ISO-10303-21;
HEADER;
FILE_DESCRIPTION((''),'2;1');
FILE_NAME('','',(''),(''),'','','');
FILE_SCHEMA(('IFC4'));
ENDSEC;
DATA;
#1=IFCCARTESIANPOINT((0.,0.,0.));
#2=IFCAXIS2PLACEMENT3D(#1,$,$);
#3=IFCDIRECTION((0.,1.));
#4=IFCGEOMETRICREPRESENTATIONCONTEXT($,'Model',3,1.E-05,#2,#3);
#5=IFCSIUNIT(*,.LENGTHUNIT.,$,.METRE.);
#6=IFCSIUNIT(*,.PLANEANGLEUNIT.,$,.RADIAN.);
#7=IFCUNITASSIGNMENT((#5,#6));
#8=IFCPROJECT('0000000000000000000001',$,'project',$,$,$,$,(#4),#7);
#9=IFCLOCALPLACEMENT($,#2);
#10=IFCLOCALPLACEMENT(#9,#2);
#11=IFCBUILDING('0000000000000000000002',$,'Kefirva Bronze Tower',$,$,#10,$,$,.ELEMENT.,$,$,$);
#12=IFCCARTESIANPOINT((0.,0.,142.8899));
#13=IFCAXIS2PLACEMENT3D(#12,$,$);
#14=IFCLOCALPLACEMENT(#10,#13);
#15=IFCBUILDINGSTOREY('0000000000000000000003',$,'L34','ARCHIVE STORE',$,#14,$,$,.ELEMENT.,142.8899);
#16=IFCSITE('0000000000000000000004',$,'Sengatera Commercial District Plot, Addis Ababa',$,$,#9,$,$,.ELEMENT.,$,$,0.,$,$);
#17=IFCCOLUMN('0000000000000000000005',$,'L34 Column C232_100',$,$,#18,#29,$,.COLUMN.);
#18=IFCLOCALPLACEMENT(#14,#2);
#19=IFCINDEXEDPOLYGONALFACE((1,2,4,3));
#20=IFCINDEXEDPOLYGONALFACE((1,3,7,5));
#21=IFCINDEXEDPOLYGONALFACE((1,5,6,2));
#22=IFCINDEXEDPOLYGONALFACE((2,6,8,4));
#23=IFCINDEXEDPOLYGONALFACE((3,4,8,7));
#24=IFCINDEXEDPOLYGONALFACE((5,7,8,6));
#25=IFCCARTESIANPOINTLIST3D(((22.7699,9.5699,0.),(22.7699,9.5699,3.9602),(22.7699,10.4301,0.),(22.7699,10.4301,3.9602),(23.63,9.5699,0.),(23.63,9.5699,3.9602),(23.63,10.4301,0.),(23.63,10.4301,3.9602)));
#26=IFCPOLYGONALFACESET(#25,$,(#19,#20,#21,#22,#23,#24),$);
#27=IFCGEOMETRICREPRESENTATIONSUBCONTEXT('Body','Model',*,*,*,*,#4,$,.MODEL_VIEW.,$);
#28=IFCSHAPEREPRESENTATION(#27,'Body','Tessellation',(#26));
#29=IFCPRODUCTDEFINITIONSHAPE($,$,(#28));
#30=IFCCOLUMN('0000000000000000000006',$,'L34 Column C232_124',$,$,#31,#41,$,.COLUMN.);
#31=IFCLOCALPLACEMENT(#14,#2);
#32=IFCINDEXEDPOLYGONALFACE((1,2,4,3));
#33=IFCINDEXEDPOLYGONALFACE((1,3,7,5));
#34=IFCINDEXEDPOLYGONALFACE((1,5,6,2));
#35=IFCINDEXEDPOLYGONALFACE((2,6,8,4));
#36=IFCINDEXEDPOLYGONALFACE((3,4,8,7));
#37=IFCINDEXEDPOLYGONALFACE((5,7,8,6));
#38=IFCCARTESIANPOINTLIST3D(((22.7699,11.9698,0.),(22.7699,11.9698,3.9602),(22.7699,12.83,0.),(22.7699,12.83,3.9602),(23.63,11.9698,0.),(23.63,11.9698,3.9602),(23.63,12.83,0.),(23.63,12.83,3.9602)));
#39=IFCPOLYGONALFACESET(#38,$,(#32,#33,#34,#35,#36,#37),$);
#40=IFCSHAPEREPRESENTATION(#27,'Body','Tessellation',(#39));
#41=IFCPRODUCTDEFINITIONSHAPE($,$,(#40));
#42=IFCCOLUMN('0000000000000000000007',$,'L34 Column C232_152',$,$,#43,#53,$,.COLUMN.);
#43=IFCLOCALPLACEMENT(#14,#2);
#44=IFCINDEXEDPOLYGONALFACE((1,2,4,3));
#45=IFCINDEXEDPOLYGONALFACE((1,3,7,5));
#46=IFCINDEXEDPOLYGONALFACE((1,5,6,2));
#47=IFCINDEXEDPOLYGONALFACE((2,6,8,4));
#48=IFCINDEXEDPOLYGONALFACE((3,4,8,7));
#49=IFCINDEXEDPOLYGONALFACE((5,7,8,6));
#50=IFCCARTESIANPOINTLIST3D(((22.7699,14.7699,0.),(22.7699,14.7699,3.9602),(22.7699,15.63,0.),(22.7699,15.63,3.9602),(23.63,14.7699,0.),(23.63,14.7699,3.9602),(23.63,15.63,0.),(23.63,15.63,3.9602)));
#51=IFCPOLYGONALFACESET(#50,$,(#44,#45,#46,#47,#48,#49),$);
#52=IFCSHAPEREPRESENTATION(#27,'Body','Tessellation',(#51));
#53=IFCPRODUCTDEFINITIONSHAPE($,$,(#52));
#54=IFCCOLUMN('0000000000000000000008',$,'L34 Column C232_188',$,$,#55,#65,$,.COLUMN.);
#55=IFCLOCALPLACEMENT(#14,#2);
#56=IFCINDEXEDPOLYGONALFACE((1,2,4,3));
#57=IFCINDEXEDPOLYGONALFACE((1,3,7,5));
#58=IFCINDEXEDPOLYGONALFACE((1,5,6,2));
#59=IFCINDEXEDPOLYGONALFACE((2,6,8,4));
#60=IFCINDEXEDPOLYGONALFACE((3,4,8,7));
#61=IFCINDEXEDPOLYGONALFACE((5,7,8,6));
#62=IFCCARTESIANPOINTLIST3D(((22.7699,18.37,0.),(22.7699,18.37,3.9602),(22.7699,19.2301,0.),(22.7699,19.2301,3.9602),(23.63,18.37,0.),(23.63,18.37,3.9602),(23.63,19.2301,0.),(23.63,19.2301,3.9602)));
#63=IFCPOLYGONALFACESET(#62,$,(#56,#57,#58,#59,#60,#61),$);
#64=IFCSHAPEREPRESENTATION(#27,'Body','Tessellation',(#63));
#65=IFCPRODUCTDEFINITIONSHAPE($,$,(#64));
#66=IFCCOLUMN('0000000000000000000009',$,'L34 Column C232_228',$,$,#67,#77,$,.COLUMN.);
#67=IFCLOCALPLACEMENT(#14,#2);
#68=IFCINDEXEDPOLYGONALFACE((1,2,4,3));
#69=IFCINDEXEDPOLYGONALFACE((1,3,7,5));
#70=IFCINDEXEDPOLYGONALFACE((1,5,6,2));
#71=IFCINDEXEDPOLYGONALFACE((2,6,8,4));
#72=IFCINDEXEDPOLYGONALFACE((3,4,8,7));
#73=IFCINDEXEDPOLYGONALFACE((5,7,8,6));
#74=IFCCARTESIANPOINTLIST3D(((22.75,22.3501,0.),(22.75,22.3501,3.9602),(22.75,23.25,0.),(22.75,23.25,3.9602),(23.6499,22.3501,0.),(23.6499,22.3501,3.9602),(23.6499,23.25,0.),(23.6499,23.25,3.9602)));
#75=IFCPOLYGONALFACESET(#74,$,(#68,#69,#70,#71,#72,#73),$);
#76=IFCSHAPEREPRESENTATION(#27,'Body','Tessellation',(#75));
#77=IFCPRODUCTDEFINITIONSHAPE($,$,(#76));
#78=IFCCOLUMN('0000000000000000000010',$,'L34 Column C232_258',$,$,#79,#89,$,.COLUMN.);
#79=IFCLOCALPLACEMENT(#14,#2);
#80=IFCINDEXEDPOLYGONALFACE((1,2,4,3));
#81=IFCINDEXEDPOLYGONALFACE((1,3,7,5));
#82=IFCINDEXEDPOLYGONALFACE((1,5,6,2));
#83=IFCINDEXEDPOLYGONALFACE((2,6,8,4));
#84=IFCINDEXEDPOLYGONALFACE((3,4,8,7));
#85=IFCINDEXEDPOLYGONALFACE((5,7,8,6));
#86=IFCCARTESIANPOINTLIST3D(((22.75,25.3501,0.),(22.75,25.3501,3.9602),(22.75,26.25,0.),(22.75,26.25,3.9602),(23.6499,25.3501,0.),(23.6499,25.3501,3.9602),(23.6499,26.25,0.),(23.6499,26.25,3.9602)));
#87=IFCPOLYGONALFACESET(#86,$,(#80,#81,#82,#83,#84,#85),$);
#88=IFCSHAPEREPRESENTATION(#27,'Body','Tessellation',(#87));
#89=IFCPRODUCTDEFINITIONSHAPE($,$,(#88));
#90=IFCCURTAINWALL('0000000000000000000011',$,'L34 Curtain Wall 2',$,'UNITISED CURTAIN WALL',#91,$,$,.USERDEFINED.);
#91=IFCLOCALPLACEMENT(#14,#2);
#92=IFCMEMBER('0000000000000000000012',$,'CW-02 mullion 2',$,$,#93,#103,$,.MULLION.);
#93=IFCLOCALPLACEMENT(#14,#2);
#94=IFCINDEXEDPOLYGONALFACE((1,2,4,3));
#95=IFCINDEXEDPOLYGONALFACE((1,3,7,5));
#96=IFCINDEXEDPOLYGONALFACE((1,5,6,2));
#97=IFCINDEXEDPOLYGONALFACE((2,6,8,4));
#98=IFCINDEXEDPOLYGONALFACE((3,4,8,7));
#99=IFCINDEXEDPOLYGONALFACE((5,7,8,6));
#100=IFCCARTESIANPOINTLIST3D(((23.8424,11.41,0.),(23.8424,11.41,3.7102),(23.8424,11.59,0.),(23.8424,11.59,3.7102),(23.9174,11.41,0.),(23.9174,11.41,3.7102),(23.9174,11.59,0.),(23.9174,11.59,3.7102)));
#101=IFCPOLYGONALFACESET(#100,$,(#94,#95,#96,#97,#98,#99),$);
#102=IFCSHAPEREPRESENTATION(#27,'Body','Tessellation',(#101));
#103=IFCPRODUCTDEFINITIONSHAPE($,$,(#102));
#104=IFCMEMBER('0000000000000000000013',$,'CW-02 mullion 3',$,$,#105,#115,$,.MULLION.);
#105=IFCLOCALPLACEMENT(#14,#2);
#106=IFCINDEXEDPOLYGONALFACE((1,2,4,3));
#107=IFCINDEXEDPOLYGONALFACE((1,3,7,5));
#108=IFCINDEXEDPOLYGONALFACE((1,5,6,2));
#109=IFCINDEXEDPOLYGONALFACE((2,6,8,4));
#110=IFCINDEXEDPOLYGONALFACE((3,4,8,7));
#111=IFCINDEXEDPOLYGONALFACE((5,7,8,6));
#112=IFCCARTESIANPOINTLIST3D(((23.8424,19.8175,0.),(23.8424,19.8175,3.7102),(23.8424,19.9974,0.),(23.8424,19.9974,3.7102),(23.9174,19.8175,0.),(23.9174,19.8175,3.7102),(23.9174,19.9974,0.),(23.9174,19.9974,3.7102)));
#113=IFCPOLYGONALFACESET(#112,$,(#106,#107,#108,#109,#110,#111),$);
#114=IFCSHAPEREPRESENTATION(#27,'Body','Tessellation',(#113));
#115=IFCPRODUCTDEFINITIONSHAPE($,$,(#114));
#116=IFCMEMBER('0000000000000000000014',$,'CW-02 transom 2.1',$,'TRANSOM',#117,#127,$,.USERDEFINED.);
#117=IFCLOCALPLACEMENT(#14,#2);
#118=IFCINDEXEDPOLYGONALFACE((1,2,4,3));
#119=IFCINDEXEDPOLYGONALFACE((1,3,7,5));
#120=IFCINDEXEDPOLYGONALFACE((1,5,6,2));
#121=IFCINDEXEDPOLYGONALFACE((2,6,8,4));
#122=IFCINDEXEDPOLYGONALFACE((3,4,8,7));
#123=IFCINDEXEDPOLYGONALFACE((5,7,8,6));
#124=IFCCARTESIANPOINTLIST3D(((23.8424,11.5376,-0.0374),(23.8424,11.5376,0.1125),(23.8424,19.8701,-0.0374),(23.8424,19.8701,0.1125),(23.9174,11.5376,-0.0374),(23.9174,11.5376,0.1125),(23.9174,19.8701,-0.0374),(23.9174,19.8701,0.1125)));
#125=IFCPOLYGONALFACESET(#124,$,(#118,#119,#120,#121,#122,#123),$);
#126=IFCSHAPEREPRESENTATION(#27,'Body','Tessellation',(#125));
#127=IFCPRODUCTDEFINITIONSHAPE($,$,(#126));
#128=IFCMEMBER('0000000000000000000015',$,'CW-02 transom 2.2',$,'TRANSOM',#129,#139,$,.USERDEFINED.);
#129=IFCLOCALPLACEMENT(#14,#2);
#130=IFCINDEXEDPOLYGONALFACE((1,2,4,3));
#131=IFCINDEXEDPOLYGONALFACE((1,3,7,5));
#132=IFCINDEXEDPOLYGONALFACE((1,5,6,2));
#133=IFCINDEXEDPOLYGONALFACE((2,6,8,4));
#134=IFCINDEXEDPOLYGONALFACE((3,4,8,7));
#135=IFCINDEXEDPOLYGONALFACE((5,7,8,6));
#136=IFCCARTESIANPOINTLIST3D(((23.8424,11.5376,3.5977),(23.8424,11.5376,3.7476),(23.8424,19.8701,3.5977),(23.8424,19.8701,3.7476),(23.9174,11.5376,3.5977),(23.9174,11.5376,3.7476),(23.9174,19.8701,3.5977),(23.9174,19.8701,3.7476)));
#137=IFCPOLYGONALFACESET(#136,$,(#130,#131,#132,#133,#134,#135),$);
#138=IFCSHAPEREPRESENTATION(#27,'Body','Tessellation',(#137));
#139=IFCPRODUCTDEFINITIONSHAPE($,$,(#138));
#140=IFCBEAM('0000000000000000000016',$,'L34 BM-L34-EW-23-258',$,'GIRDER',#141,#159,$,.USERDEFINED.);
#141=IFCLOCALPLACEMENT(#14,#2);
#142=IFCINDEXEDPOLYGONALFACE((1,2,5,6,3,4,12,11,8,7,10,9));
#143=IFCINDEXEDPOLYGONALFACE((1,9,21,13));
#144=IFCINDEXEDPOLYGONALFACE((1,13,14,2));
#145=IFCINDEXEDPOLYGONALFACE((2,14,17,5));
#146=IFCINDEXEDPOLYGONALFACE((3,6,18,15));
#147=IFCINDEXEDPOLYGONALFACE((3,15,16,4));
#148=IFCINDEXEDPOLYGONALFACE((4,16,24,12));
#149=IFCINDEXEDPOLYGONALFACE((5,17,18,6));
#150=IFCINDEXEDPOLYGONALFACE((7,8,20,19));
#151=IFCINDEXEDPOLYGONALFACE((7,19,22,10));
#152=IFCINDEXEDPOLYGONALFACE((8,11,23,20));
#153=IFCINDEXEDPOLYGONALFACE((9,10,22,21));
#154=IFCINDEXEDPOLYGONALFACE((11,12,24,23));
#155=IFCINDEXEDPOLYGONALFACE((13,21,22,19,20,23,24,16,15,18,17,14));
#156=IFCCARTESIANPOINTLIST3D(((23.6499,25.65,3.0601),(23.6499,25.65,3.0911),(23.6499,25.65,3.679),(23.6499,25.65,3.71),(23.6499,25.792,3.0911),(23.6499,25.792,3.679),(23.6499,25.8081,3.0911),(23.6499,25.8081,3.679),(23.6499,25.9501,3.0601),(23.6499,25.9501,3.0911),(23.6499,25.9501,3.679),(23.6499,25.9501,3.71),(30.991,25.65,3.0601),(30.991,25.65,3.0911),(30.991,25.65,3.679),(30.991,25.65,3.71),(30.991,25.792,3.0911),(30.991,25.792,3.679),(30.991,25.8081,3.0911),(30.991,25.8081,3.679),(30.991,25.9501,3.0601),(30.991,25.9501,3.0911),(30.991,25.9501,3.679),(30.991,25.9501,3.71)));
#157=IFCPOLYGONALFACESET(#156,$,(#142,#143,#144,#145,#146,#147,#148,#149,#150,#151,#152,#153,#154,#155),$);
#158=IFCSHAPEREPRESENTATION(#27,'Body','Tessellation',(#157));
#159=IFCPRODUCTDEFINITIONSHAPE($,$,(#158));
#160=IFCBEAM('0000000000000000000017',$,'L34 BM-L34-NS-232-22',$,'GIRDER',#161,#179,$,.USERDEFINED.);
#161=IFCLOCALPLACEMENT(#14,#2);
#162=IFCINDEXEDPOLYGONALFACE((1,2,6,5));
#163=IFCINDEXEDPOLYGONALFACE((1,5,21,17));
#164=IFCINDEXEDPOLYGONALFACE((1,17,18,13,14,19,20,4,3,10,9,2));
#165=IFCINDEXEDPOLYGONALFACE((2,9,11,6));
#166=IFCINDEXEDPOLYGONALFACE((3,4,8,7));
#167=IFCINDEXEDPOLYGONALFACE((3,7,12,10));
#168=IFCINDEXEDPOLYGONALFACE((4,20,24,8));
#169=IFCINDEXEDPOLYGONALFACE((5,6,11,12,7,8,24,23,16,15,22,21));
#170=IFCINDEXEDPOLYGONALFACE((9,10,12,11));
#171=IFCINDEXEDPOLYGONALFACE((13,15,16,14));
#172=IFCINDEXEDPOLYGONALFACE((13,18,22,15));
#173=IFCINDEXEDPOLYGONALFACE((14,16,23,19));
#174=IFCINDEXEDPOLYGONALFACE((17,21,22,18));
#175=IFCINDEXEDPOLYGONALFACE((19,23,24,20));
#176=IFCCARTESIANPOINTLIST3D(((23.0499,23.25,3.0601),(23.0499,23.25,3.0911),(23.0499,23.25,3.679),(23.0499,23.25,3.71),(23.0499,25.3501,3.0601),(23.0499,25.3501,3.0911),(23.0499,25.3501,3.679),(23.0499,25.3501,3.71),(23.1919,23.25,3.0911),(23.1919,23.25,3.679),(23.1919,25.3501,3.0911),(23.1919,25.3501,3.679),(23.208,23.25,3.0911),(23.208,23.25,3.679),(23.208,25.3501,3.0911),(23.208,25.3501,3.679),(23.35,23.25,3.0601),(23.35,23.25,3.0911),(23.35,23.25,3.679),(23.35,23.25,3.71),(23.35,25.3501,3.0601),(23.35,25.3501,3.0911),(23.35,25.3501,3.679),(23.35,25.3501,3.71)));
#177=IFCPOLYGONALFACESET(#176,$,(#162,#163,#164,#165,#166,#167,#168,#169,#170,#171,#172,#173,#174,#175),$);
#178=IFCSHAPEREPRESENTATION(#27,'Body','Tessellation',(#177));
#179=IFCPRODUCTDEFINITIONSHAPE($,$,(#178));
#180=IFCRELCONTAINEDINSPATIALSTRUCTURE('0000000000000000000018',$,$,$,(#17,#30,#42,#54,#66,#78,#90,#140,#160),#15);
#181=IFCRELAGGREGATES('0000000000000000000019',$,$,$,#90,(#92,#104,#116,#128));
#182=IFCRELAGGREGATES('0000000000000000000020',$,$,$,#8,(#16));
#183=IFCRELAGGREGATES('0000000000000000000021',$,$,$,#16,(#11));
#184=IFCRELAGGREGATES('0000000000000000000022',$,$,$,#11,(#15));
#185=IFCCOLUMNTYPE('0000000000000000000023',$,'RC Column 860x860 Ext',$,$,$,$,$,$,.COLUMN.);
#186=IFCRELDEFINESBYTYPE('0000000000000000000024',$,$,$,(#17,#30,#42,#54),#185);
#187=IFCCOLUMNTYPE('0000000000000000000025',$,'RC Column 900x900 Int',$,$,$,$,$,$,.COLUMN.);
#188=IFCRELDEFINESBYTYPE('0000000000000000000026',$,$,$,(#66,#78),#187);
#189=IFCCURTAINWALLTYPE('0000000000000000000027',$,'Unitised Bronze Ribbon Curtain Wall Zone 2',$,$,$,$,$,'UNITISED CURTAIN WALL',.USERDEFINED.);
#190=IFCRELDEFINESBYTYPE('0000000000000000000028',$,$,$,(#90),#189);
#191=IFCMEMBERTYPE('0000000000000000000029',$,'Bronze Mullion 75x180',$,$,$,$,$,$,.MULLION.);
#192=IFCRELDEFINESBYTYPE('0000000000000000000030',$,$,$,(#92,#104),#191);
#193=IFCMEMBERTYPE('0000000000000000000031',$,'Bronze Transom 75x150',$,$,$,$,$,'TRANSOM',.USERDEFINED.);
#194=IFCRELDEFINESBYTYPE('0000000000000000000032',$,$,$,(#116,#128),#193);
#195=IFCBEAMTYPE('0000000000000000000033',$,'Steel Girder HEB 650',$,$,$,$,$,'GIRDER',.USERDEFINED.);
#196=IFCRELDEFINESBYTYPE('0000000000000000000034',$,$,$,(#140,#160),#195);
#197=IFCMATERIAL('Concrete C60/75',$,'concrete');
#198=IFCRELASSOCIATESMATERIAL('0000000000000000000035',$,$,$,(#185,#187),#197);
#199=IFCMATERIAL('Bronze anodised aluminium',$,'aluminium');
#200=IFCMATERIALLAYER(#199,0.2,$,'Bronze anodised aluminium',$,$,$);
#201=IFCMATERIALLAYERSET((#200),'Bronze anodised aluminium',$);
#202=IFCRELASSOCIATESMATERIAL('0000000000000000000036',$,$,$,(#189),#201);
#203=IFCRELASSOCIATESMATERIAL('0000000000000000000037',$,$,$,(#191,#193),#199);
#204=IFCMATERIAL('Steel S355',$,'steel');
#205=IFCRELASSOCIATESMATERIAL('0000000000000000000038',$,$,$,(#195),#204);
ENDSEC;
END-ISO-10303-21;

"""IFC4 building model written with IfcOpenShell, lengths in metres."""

from ifc_helpers import new_model, si_unit, direction, frame, origin, origin_2d, place, context, subcontext, project, spatial, rectangle, i_section, extrude, material, layer, layer_set, material_profile, profile_set, type_object, element, aggregate, save


model = new_model("IFC4")

# Units and contexts
model_context = context("Model", 3, precision=1e-05, world=origin(), true_north=direction((0.0, 1.0)))
body_context = subcontext(model_context, "Body", "Model", "MODEL_VIEW")
ifc_project = project(units=[si_unit("LENGTHUNIT", "METRE"), si_unit("PLANEANGLEUNIT", "RADIAN")], contexts=[model_context])

# Site, building, storey
site_placement = place(None, origin())
site = spatial("IfcSite", under=ifc_project, at=site_placement, Name="Sengatera Commercial District Plot, Addis Ababa", CompositionType="ELEMENT", RefElevation=0.0)
building_placement = place(site_placement, origin())
building = spatial("IfcBuilding", under=site, at=building_placement, Name="Kefirva Bronze Tower", CompositionType="ELEMENT")
storey_placement = place(building_placement, frame((0.0, 0.0, 142.8899)))
storey = spatial("IfcBuildingStorey", under=building, at=storey_placement, Name="L34", Description="ARCHIVE STORE", CompositionType="ELEMENT", Elevation=142.8899)

# Columns
ifc_material_1 = material(Name="Concrete C60/75", Category="concrete")
ifc_material_profile_1 = material_profile(ifc_material_1, rectangle(XDim=0.8601, YDim=0.8601, at=origin_2d()), Name="RC 860x860")
ifc_profile_set_1 = profile_set([ifc_material_profile_1], Name="Concrete C60/75")
column_type_1 = type_object("IfcColumnType", Name="RC Column 860x860 Ext", PredefinedType="COLUMN", material=ifc_profile_set_1)
for number, where, z_axis, x_axis, name in (
    (1, (23.2, 10.0, 0.0), (0.0, 0.0, 1.0), (1.0, 0.0, 0.0), "L34 Column C232_100"),
    (2, (23.2, 12.3999, 0.0), (0.0, 0.0, 1.0), (1.0, 0.0, 0.0), "L34 Column C232_124"),
    (3, (23.2, 15.2, 0.0), (0.0, 0.0, 1.0), (1.0, 0.0, 0.0), "L34 Column C232_152"),
    (4, (23.2, 18.8, 0.0), (0.0, 0.0, 1.0), (1.0, 0.0, 0.0), "L34 Column C232_188"),
):
    element("IfcColumn", number, at=place(storey_placement, frame(where, z_axis=z_axis, x_axis=x_axis)), inside=storey, type_object=column_type_1, Name=name, PredefinedType="COLUMN", context=body_context, shape_type="SweptSolid", body=[
        extrude(rectangle(XDim=0.8601, YDim=0.8601, at=origin_2d()), origin(), (0.0, 0.0, 1.0), 3.9602),
    ])
ifc_material_profile_2 = material_profile(ifc_material_1, rectangle(XDim=0.8999, YDim=0.8999, at=origin_2d()), Name="RC 900x900")
ifc_profile_set_2 = profile_set([ifc_material_profile_2], Name="Concrete C60/75")
column_type_2 = type_object("IfcColumnType", Name="RC Column 900x900 Int", PredefinedType="COLUMN", material=ifc_profile_set_2)
for number, where, z_axis, x_axis, name in (
    (5, (23.2, 22.8, 0.0), (0.0, 0.0, 1.0), (1.0, 0.0, 0.0), "L34 Column C232_228"),
    (6, (23.2, 25.8, 0.0), (0.0, 0.0, 1.0), (1.0, 0.0, 0.0), "L34 Column C232_258"),
):
    element("IfcColumn", number, at=place(storey_placement, frame(where, z_axis=z_axis, x_axis=x_axis)), inside=storey, type_object=column_type_2, Name=name, PredefinedType="COLUMN", context=body_context, shape_type="SweptSolid", body=[
        extrude(rectangle(XDim=0.8999, YDim=0.8999, at=origin_2d()), origin(), (0.0, 0.0, 1.0), 3.9602),
    ])

# Curtain wall, members
ifc_material_2 = material(Name="Bronze anodised aluminium", Category="aluminium")
ifc_layer_1 = layer(ifc_material_2, 0.2, Name="Bronze anodised aluminium")
ifc_layer_set_1 = layer_set([ifc_layer_1], Name="Bronze anodised aluminium")
curtain_wall_type = type_object("IfcCurtainWallType", Name="Unitised Bronze Ribbon Curtain Wall Zone 2", ElementType="UNITISED CURTAIN WALL", PredefinedType="USERDEFINED", material=ifc_layer_set_1)
curtain_wall_placement = place(storey_placement, origin())
curtain_wall = element("IfcCurtainWall", 7, at=curtain_wall_placement, inside=storey, type_object=curtain_wall_type, Name="L34 Curtain Wall 2", ObjectType="UNITISED CURTAIN WALL", PredefinedType="USERDEFINED")
ifc_material_profile_3 = material_profile(ifc_material_2, rectangle(XDim=0.075, YDim=0.1799, at=origin_2d()), Name="ALU 75x180")
ifc_profile_set_3 = profile_set([ifc_material_profile_3], Name="Bronze anodised aluminium")
member_type_1 = type_object("IfcMemberType", Name="Bronze Mullion 75x180", PredefinedType="MULLION", material=ifc_profile_set_3)
member_1_placement = place(storey_placement, frame((23.8799, 11.5, 0.0), z_axis=(0.0, 0.0, 1.0), x_axis=(-1.0, 0.0, 0.0)))
member_1 = element("IfcMember", 8, at=member_1_placement, type_object=member_type_1, Name="CW-02 mullion 2", PredefinedType="MULLION", context=body_context, shape_type="SweptSolid", body=[
    extrude(rectangle(XDim=0.075, YDim=0.1799, at=origin_2d()), origin(), (0.0, 0.0, 1.0), 3.7102),
])
member_2_placement = place(storey_placement, frame((23.8799, 19.9075, 0.0), z_axis=(0.0, 0.0, 1.0), x_axis=(-1.0, 0.0, 0.0)))
member_2 = element("IfcMember", 9, at=member_2_placement, type_object=member_type_1, Name="CW-02 mullion 3", PredefinedType="MULLION", context=body_context, shape_type="SweptSolid", body=[
    extrude(rectangle(XDim=0.075, YDim=0.1799, at=origin_2d()), origin(), (0.0, 0.0, 1.0), 3.7102),
])
ifc_material_profile_4 = material_profile(ifc_material_2, rectangle(XDim=0.075, YDim=0.1499, at=origin_2d()), Name="ALU 75x150")
ifc_profile_set_4 = profile_set([ifc_material_profile_4], Name="Bronze anodised aluminium")
member_type_2 = type_object("IfcMemberType", Name="Bronze Transom 75x150", ElementType="TRANSOM", PredefinedType="USERDEFINED", material=ifc_profile_set_4)
member_3_placement = place(storey_placement, frame((23.8799, 11.5376, 0.0376), z_axis=(0.0, 1.0, 0.0), x_axis=(-1.0, 0.0, 0.0)))
member_3 = element("IfcMember", 10, at=member_3_placement, type_object=member_type_2, Name="CW-02 transom 2.1", ObjectType="TRANSOM", PredefinedType="USERDEFINED", context=body_context, shape_type="SweptSolid", body=[
    extrude(rectangle(XDim=0.075, YDim=0.1499, at=origin_2d()), origin(), (0.0, 0.0, 1.0), 8.3325),
])
member_4_placement = place(storey_placement, frame((23.8799, 11.5376, 3.6726), z_axis=(0.0, 1.0, 0.0), x_axis=(-1.0, 0.0, 0.0)))
member_4 = element("IfcMember", 11, at=member_4_placement, type_object=member_type_2, Name="CW-02 transom 2.2", ObjectType="TRANSOM", PredefinedType="USERDEFINED", context=body_context, shape_type="SweptSolid", body=[
    extrude(rectangle(XDim=0.075, YDim=0.1499, at=origin_2d()), origin(), (0.0, 0.0, 1.0), 8.3325),
])

# Beams
ifc_material_3 = material(Name="Steel S355", Category="steel")
ifc_material_profile_5 = material_profile(ifc_material_3, i_section(OverallWidth=0.3, OverallDepth=0.6499, WebThickness=0.0161, FlangeThickness=0.031, at=origin_2d()), Name="HEB 650")
ifc_profile_set_5 = profile_set([ifc_material_profile_5], Name="Steel S355")
beam_type_1 = type_object("IfcBeamType", Name="Steel Girder HEB 650", ElementType="GIRDER", PredefinedType="USERDEFINED", material=ifc_profile_set_5)
beam_1_placement = place(storey_placement, frame((23.6499, 25.8, 3.385), z_axis=(1.0, 0.0, 0.0), x_axis=(0.0, 1.0, 0.0)))
element("IfcBeam", 12, at=beam_1_placement, inside=storey, type_object=beam_type_1, Name="L34 BM-L34-EW-23-258", ObjectType="GIRDER", PredefinedType="USERDEFINED", context=body_context, shape_type="SweptSolid", body=[
    extrude(i_section(OverallWidth=0.3, OverallDepth=0.6499, WebThickness=0.0161, FlangeThickness=0.031, at=origin_2d()), origin(), (0.0, 0.0, 1.0), 7.3411),
])
beam_2_placement = place(storey_placement, frame((23.2, 23.25, 3.385), z_axis=(0.0, 1.0, 0.0), x_axis=(-1.0, 0.0, 0.0)))
element("IfcBeam", 13, at=beam_2_placement, inside=storey, type_object=beam_type_1, Name="L34 BM-L34-NS-232-22", ObjectType="GIRDER", PredefinedType="USERDEFINED", context=body_context, shape_type="SweptSolid", body=[
    extrude(i_section(OverallWidth=0.3, OverallDepth=0.6499, WebThickness=0.0161, FlangeThickness=0.031, at=origin_2d()), origin(), (0.0, 0.0, 1.0), 2.1001),
])

aggregate(curtain_wall, [member_1, member_2, member_3, member_4])

save(model, "model.ifc")
